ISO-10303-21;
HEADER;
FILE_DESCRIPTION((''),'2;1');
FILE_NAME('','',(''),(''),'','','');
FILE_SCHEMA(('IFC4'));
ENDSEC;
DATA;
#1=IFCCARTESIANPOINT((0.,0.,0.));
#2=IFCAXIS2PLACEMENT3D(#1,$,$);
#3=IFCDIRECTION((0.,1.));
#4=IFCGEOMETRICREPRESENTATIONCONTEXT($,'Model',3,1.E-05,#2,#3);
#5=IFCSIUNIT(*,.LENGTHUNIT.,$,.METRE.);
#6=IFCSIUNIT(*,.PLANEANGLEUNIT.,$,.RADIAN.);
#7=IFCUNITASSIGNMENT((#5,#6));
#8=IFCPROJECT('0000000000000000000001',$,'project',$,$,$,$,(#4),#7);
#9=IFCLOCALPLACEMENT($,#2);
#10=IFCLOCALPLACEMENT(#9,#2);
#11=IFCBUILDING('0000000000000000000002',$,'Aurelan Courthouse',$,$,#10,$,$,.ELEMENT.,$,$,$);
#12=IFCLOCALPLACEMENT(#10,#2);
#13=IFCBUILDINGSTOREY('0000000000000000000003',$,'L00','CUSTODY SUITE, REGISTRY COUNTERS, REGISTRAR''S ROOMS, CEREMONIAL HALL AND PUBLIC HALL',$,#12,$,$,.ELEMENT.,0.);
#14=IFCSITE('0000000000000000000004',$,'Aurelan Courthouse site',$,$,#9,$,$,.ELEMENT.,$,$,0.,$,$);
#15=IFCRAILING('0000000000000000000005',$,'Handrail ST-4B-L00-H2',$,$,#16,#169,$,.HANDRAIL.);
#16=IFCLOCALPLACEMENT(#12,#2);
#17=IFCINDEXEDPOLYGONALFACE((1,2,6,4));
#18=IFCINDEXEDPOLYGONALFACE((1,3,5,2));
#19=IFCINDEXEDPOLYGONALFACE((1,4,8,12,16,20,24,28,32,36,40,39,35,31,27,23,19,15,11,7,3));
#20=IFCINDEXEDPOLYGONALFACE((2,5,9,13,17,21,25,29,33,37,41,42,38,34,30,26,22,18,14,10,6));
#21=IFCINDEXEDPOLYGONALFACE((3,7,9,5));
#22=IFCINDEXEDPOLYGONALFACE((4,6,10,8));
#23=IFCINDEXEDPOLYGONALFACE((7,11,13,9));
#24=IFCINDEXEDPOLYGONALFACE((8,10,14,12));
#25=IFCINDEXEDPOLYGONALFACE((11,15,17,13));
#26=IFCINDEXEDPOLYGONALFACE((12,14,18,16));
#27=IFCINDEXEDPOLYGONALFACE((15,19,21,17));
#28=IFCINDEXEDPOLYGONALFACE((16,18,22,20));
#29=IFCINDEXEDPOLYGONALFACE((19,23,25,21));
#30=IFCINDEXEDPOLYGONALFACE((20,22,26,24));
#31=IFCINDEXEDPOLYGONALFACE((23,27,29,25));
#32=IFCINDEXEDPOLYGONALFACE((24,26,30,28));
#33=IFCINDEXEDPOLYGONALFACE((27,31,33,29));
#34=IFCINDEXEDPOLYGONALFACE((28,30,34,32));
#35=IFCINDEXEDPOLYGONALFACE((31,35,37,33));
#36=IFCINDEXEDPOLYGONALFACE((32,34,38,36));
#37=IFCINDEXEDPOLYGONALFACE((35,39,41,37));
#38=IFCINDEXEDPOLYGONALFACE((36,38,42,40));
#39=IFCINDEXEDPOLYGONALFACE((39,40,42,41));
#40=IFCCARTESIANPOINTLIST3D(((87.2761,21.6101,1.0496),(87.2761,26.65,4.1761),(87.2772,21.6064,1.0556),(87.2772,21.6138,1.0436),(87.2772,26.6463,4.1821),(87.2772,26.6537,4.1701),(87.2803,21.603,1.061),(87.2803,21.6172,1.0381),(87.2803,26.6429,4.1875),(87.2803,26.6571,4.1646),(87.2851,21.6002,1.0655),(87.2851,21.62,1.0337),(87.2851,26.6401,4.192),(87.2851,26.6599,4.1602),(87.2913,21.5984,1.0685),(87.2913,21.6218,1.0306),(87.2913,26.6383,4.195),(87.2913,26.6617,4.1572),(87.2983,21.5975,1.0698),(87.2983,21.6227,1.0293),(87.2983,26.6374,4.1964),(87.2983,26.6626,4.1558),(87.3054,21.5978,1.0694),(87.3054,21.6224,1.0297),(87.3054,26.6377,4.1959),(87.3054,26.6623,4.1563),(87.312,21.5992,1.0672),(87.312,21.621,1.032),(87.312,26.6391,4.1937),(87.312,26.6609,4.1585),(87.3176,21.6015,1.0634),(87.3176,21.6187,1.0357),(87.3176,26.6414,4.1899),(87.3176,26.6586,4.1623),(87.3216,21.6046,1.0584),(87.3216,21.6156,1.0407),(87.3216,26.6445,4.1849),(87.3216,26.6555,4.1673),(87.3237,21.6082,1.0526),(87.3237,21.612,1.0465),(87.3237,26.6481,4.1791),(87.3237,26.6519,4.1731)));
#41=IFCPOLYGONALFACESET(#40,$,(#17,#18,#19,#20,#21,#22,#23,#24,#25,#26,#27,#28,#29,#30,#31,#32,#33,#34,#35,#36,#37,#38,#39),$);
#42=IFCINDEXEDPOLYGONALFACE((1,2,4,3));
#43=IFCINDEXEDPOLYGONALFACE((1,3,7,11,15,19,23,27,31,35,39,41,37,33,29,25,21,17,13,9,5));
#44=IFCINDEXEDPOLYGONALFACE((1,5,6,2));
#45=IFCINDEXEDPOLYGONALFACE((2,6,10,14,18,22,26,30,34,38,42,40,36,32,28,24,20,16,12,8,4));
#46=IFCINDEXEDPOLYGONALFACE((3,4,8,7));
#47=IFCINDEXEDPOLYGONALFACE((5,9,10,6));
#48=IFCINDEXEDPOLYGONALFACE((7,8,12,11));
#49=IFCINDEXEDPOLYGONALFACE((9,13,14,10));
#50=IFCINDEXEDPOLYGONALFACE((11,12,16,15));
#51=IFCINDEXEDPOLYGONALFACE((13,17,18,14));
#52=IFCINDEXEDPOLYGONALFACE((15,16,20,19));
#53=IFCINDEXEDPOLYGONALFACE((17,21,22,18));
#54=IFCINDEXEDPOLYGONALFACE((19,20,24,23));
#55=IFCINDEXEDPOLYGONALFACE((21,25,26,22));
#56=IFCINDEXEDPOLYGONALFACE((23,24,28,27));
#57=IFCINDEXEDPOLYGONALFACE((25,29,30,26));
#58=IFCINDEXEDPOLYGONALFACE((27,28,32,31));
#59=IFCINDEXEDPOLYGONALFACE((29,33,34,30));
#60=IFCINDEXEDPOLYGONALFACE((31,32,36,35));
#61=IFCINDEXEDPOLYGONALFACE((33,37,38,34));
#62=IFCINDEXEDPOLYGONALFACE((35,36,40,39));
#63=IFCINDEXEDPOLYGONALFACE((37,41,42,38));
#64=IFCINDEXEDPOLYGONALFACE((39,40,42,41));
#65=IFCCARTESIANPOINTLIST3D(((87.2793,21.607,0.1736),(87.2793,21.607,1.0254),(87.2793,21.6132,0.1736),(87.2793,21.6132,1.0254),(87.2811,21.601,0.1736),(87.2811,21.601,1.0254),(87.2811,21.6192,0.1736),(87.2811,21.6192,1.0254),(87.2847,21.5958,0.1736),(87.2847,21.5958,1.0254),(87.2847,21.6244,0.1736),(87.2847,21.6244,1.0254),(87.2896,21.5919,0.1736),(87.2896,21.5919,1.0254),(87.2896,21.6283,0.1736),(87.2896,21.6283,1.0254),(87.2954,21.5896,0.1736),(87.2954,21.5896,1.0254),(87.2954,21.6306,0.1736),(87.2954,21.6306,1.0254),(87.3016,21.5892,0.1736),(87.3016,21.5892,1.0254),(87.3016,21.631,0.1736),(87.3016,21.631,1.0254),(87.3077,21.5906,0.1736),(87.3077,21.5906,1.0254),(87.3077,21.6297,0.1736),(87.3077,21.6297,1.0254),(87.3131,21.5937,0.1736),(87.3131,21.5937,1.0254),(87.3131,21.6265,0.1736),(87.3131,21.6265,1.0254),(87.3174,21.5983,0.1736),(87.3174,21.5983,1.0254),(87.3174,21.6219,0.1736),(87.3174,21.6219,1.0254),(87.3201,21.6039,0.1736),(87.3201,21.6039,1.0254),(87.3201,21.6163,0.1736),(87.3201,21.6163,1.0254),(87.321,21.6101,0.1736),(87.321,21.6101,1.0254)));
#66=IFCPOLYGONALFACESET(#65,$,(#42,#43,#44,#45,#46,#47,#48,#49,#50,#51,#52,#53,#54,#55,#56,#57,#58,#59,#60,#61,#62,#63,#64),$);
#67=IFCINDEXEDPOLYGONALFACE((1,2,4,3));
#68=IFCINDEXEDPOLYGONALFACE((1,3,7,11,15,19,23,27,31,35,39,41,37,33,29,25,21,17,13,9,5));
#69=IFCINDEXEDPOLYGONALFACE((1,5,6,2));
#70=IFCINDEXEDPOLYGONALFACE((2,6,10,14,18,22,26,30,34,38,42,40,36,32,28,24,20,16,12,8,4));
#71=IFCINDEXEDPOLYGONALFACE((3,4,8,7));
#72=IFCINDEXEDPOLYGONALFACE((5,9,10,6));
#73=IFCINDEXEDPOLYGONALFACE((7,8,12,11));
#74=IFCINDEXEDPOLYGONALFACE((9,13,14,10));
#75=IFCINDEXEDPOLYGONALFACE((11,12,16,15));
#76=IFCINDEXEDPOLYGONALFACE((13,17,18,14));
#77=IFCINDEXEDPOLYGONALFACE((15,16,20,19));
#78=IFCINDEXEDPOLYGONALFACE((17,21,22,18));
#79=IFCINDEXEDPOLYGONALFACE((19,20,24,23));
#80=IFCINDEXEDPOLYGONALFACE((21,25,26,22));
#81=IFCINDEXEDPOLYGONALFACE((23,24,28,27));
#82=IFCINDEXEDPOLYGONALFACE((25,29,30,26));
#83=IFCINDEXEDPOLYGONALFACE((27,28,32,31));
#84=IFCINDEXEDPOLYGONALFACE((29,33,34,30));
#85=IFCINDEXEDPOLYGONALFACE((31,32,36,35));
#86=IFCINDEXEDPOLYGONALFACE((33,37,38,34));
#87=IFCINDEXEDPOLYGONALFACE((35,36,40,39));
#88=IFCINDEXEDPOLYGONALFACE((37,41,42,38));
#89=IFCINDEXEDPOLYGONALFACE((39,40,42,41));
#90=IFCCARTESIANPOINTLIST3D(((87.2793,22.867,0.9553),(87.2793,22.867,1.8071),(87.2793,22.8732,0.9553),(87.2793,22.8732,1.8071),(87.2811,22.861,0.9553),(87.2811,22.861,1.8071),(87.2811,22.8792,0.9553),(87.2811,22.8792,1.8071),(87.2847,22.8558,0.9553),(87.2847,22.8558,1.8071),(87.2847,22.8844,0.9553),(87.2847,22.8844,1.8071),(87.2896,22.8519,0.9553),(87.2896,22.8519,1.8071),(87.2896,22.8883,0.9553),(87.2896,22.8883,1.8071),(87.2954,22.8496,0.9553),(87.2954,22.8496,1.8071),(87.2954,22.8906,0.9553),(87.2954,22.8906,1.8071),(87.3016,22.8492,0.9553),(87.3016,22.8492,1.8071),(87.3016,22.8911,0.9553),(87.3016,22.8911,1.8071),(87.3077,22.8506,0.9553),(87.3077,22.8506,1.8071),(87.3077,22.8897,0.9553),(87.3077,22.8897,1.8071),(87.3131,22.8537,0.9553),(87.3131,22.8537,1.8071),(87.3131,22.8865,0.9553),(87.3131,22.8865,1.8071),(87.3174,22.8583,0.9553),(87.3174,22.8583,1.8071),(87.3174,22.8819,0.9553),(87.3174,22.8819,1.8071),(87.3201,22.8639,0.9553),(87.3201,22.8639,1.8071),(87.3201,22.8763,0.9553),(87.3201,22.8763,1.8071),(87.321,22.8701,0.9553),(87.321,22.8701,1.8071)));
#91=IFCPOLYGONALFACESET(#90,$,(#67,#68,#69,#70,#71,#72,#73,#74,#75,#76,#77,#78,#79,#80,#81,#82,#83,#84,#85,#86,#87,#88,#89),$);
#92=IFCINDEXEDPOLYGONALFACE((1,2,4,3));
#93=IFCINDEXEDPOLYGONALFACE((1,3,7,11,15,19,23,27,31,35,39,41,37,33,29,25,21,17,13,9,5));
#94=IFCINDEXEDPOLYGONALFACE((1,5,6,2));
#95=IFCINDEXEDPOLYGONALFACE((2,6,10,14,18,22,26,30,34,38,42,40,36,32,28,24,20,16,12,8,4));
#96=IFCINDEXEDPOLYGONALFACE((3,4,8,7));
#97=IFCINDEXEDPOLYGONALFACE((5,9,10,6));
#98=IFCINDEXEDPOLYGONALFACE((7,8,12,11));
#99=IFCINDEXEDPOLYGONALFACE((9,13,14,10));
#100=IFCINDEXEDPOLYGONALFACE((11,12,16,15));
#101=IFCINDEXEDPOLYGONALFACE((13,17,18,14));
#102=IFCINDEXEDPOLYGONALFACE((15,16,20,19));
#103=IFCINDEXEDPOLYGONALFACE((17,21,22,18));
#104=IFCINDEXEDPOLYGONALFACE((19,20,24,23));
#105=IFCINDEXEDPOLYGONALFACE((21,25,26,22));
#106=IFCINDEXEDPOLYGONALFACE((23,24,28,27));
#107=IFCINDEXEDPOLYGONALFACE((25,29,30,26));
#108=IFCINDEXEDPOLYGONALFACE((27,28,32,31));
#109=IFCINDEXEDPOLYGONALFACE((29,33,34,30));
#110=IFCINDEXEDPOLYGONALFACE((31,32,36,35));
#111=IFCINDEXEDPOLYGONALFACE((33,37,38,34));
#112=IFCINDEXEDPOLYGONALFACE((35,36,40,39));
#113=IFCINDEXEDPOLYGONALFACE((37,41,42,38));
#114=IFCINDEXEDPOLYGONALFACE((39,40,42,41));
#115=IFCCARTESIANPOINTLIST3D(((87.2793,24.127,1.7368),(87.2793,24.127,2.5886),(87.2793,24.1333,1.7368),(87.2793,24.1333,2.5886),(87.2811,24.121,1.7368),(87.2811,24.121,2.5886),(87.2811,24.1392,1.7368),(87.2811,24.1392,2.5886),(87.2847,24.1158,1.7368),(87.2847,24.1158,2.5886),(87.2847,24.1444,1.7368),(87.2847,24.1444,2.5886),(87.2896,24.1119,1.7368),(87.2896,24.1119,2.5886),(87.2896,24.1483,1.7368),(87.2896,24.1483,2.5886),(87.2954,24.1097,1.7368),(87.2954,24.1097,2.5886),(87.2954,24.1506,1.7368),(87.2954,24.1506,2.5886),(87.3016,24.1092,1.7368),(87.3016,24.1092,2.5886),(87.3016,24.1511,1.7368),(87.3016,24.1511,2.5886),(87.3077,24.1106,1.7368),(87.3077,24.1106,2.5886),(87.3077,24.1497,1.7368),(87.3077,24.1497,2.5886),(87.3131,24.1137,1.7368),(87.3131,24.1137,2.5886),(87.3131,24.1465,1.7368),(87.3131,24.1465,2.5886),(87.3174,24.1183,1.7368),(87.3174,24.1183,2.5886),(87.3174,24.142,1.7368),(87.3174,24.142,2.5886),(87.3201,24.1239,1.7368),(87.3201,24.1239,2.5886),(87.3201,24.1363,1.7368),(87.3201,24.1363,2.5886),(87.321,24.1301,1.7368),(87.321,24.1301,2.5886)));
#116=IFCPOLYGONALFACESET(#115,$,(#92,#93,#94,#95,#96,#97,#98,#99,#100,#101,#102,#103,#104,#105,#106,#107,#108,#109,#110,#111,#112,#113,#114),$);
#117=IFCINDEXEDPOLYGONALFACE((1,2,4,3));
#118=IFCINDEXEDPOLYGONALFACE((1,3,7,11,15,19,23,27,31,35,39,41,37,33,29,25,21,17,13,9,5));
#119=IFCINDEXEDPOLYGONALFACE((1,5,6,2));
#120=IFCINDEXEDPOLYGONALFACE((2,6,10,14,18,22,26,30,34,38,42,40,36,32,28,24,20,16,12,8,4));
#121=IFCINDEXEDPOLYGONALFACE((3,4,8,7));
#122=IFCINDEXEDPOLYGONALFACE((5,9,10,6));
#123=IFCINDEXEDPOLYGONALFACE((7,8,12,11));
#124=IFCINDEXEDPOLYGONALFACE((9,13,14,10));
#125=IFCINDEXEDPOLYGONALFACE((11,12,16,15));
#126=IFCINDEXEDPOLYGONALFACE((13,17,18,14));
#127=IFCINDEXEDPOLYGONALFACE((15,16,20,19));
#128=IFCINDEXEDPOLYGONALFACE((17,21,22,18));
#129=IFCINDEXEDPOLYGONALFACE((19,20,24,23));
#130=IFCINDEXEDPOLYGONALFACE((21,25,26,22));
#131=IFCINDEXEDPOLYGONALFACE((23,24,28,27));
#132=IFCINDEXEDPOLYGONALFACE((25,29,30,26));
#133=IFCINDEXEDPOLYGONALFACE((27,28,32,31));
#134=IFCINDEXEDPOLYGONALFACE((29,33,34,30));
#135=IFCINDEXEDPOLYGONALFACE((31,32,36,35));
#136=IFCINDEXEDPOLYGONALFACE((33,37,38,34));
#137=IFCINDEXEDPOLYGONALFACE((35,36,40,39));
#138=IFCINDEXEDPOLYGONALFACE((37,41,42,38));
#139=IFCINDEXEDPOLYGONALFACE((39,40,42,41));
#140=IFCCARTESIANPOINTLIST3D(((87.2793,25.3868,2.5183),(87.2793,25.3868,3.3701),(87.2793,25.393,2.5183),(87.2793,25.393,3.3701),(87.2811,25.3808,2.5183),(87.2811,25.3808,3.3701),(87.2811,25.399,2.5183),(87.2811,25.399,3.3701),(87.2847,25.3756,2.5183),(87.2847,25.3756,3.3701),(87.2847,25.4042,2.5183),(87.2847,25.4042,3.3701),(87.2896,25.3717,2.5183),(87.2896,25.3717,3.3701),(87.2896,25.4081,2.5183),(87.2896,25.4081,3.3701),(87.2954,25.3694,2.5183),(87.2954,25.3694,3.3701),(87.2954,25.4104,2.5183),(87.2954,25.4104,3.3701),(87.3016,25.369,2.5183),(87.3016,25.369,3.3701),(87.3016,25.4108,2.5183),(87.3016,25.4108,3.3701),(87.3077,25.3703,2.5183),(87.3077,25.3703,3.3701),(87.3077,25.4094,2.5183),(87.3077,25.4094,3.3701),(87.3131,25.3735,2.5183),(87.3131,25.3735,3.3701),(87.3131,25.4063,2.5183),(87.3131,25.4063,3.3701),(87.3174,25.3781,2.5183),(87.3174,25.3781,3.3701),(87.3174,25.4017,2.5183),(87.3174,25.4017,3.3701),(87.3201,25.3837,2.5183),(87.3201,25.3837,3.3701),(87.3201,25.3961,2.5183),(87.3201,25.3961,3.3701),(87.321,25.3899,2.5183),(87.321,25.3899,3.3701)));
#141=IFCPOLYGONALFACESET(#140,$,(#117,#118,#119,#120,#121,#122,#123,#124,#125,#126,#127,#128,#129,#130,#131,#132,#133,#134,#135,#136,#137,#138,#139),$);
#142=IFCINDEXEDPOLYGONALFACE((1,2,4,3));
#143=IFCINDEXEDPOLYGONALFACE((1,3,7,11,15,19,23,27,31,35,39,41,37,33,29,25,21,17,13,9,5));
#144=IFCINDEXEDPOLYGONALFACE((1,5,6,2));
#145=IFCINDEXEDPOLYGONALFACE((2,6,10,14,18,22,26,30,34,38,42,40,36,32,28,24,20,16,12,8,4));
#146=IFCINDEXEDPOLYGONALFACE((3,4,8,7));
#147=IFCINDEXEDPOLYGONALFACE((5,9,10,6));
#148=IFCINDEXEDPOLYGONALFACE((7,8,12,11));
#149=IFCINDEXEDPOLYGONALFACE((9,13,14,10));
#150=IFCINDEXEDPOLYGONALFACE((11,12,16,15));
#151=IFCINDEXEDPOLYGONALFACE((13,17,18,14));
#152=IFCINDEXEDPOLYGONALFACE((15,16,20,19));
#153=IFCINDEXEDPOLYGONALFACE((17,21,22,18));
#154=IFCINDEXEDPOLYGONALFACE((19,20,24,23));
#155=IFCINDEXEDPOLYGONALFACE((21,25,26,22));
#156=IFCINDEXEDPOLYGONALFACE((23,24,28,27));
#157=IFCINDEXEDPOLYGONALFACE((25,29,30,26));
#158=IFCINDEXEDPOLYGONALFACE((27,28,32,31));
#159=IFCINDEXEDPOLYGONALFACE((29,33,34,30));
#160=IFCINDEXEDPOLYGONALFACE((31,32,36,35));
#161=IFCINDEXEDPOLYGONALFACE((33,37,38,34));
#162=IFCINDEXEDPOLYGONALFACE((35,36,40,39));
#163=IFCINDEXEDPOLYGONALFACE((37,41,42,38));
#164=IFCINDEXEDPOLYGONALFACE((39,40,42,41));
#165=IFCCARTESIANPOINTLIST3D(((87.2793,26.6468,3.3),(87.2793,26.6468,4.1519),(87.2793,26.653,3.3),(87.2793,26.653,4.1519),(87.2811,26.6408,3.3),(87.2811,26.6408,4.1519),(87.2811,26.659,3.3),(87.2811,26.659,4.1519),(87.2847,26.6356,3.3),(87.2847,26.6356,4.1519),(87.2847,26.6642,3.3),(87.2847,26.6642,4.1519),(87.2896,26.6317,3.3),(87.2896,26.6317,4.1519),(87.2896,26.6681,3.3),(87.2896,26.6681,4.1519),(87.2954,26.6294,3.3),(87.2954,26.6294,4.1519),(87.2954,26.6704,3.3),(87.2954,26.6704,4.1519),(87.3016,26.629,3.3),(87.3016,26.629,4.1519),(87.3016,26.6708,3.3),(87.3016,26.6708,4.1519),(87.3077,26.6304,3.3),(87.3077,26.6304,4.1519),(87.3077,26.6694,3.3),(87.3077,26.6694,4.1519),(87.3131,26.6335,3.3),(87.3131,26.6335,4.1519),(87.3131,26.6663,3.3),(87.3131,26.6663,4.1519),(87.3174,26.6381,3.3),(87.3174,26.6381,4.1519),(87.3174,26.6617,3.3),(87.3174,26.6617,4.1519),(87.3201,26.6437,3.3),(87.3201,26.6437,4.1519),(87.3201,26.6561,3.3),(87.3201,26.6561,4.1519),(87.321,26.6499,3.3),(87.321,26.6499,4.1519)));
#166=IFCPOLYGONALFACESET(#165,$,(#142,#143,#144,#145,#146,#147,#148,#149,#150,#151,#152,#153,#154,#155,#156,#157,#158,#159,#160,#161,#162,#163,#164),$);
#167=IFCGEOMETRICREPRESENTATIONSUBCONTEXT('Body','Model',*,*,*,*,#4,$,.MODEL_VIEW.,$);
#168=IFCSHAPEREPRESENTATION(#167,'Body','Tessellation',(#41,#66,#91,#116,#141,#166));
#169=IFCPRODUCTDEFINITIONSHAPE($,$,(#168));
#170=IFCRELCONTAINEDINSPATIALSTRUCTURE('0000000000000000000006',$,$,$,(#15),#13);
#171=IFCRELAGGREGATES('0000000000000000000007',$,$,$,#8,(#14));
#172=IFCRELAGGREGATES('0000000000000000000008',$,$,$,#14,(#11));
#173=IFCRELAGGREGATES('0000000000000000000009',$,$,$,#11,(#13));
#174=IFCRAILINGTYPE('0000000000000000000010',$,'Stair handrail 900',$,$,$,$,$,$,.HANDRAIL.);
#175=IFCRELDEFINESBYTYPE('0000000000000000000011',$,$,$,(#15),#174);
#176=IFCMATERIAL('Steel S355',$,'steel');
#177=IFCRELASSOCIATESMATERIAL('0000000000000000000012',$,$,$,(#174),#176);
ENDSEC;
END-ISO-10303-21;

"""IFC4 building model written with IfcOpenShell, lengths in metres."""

from ifc_helpers import new_model, si_unit, direction, frame, origin, origin_2d, place, context, subcontext, project, spatial, circle, extrude, material, type_object, element, save


model = new_model("IFC4")

# Units and contexts
model_context = context("Model", 3, precision=1e-05, world=origin(), true_north=direction((0.0, 1.0)))
body_context = subcontext(model_context, "Body", "Model", "MODEL_VIEW")
ifc_project = project(units=[si_unit("LENGTHUNIT", "METRE"), si_unit("PLANEANGLEUNIT", "RADIAN")], contexts=[model_context])

# Site, building, storey
site_placement = place(None, origin())
site = spatial("IfcSite", under=ifc_project, at=site_placement, Name="Aurelan Courthouse site", CompositionType="ELEMENT", RefElevation=0.0)
building_placement = place(site_placement, origin())
building = spatial("IfcBuilding", under=site, at=building_placement, Name="Aurelan Courthouse", CompositionType="ELEMENT")
storey_placement = place(building_placement, origin())
storey = spatial("IfcBuildingStorey", under=building, at=storey_placement, Name="L00", Description="CUSTODY SUITE, REGISTRY COUNTERS, REGISTRAR'S ROOMS, CEREMONIAL HALL AND PUBLIC HALL", CompositionType="ELEMENT", Elevation=0.0)

# Railing
ifc_material_1 = material(Name="Steel S355", Category="steel")
railing_type_1 = type_object("IfcRailingType", Name="Stair handrail 900", PredefinedType="HANDRAIL", material=ifc_material_1)
for number, where, name in (
    (1, (87.3, 21.6101, 0.1736), "Handrail ST-4B-L00-H2"),
):
    element("IfcRailing", number, at=place(storey_placement, frame(where)), inside=storey, type_object=railing_type_1, Name=name, PredefinedType="HANDRAIL", context=body_context, shape_type="SweptSolid", body=[
        extrude(circle(Radius=0.0239, at=origin_2d()), frame((0.0, 0.0, 0.876), z_axis=(0.0, 0.849767, 0.527158), x_axis=(-1.0, 0.0, 0.0)), (0.0, 0.0, 1.0), 5.9309),
        extrude(circle(Radius=0.021, at=origin_2d()), origin(), (0.0, 0.0, 1.0), 0.8518),
        extrude(circle(Radius=0.021, at=origin_2d()), frame((0.0, 1.26, 0.7817)), (0.0, 0.0, 1.0), 0.8518),
        extrude(circle(Radius=0.021, at=origin_2d()), frame((0.0, 2.52, 1.5632)), (0.0, 0.0, 1.0), 0.8518),
        extrude(circle(Radius=0.021, at=origin_2d()), frame((0.0, 3.7798, 2.3447)), (0.0, 0.0, 1.0), 0.8518),
        extrude(circle(Radius=0.021, at=origin_2d()), frame((0.0, 5.0398, 3.1265)), (0.0, 0.0, 1.0), 0.8518),
    ])

save(model, "model.ifc")
